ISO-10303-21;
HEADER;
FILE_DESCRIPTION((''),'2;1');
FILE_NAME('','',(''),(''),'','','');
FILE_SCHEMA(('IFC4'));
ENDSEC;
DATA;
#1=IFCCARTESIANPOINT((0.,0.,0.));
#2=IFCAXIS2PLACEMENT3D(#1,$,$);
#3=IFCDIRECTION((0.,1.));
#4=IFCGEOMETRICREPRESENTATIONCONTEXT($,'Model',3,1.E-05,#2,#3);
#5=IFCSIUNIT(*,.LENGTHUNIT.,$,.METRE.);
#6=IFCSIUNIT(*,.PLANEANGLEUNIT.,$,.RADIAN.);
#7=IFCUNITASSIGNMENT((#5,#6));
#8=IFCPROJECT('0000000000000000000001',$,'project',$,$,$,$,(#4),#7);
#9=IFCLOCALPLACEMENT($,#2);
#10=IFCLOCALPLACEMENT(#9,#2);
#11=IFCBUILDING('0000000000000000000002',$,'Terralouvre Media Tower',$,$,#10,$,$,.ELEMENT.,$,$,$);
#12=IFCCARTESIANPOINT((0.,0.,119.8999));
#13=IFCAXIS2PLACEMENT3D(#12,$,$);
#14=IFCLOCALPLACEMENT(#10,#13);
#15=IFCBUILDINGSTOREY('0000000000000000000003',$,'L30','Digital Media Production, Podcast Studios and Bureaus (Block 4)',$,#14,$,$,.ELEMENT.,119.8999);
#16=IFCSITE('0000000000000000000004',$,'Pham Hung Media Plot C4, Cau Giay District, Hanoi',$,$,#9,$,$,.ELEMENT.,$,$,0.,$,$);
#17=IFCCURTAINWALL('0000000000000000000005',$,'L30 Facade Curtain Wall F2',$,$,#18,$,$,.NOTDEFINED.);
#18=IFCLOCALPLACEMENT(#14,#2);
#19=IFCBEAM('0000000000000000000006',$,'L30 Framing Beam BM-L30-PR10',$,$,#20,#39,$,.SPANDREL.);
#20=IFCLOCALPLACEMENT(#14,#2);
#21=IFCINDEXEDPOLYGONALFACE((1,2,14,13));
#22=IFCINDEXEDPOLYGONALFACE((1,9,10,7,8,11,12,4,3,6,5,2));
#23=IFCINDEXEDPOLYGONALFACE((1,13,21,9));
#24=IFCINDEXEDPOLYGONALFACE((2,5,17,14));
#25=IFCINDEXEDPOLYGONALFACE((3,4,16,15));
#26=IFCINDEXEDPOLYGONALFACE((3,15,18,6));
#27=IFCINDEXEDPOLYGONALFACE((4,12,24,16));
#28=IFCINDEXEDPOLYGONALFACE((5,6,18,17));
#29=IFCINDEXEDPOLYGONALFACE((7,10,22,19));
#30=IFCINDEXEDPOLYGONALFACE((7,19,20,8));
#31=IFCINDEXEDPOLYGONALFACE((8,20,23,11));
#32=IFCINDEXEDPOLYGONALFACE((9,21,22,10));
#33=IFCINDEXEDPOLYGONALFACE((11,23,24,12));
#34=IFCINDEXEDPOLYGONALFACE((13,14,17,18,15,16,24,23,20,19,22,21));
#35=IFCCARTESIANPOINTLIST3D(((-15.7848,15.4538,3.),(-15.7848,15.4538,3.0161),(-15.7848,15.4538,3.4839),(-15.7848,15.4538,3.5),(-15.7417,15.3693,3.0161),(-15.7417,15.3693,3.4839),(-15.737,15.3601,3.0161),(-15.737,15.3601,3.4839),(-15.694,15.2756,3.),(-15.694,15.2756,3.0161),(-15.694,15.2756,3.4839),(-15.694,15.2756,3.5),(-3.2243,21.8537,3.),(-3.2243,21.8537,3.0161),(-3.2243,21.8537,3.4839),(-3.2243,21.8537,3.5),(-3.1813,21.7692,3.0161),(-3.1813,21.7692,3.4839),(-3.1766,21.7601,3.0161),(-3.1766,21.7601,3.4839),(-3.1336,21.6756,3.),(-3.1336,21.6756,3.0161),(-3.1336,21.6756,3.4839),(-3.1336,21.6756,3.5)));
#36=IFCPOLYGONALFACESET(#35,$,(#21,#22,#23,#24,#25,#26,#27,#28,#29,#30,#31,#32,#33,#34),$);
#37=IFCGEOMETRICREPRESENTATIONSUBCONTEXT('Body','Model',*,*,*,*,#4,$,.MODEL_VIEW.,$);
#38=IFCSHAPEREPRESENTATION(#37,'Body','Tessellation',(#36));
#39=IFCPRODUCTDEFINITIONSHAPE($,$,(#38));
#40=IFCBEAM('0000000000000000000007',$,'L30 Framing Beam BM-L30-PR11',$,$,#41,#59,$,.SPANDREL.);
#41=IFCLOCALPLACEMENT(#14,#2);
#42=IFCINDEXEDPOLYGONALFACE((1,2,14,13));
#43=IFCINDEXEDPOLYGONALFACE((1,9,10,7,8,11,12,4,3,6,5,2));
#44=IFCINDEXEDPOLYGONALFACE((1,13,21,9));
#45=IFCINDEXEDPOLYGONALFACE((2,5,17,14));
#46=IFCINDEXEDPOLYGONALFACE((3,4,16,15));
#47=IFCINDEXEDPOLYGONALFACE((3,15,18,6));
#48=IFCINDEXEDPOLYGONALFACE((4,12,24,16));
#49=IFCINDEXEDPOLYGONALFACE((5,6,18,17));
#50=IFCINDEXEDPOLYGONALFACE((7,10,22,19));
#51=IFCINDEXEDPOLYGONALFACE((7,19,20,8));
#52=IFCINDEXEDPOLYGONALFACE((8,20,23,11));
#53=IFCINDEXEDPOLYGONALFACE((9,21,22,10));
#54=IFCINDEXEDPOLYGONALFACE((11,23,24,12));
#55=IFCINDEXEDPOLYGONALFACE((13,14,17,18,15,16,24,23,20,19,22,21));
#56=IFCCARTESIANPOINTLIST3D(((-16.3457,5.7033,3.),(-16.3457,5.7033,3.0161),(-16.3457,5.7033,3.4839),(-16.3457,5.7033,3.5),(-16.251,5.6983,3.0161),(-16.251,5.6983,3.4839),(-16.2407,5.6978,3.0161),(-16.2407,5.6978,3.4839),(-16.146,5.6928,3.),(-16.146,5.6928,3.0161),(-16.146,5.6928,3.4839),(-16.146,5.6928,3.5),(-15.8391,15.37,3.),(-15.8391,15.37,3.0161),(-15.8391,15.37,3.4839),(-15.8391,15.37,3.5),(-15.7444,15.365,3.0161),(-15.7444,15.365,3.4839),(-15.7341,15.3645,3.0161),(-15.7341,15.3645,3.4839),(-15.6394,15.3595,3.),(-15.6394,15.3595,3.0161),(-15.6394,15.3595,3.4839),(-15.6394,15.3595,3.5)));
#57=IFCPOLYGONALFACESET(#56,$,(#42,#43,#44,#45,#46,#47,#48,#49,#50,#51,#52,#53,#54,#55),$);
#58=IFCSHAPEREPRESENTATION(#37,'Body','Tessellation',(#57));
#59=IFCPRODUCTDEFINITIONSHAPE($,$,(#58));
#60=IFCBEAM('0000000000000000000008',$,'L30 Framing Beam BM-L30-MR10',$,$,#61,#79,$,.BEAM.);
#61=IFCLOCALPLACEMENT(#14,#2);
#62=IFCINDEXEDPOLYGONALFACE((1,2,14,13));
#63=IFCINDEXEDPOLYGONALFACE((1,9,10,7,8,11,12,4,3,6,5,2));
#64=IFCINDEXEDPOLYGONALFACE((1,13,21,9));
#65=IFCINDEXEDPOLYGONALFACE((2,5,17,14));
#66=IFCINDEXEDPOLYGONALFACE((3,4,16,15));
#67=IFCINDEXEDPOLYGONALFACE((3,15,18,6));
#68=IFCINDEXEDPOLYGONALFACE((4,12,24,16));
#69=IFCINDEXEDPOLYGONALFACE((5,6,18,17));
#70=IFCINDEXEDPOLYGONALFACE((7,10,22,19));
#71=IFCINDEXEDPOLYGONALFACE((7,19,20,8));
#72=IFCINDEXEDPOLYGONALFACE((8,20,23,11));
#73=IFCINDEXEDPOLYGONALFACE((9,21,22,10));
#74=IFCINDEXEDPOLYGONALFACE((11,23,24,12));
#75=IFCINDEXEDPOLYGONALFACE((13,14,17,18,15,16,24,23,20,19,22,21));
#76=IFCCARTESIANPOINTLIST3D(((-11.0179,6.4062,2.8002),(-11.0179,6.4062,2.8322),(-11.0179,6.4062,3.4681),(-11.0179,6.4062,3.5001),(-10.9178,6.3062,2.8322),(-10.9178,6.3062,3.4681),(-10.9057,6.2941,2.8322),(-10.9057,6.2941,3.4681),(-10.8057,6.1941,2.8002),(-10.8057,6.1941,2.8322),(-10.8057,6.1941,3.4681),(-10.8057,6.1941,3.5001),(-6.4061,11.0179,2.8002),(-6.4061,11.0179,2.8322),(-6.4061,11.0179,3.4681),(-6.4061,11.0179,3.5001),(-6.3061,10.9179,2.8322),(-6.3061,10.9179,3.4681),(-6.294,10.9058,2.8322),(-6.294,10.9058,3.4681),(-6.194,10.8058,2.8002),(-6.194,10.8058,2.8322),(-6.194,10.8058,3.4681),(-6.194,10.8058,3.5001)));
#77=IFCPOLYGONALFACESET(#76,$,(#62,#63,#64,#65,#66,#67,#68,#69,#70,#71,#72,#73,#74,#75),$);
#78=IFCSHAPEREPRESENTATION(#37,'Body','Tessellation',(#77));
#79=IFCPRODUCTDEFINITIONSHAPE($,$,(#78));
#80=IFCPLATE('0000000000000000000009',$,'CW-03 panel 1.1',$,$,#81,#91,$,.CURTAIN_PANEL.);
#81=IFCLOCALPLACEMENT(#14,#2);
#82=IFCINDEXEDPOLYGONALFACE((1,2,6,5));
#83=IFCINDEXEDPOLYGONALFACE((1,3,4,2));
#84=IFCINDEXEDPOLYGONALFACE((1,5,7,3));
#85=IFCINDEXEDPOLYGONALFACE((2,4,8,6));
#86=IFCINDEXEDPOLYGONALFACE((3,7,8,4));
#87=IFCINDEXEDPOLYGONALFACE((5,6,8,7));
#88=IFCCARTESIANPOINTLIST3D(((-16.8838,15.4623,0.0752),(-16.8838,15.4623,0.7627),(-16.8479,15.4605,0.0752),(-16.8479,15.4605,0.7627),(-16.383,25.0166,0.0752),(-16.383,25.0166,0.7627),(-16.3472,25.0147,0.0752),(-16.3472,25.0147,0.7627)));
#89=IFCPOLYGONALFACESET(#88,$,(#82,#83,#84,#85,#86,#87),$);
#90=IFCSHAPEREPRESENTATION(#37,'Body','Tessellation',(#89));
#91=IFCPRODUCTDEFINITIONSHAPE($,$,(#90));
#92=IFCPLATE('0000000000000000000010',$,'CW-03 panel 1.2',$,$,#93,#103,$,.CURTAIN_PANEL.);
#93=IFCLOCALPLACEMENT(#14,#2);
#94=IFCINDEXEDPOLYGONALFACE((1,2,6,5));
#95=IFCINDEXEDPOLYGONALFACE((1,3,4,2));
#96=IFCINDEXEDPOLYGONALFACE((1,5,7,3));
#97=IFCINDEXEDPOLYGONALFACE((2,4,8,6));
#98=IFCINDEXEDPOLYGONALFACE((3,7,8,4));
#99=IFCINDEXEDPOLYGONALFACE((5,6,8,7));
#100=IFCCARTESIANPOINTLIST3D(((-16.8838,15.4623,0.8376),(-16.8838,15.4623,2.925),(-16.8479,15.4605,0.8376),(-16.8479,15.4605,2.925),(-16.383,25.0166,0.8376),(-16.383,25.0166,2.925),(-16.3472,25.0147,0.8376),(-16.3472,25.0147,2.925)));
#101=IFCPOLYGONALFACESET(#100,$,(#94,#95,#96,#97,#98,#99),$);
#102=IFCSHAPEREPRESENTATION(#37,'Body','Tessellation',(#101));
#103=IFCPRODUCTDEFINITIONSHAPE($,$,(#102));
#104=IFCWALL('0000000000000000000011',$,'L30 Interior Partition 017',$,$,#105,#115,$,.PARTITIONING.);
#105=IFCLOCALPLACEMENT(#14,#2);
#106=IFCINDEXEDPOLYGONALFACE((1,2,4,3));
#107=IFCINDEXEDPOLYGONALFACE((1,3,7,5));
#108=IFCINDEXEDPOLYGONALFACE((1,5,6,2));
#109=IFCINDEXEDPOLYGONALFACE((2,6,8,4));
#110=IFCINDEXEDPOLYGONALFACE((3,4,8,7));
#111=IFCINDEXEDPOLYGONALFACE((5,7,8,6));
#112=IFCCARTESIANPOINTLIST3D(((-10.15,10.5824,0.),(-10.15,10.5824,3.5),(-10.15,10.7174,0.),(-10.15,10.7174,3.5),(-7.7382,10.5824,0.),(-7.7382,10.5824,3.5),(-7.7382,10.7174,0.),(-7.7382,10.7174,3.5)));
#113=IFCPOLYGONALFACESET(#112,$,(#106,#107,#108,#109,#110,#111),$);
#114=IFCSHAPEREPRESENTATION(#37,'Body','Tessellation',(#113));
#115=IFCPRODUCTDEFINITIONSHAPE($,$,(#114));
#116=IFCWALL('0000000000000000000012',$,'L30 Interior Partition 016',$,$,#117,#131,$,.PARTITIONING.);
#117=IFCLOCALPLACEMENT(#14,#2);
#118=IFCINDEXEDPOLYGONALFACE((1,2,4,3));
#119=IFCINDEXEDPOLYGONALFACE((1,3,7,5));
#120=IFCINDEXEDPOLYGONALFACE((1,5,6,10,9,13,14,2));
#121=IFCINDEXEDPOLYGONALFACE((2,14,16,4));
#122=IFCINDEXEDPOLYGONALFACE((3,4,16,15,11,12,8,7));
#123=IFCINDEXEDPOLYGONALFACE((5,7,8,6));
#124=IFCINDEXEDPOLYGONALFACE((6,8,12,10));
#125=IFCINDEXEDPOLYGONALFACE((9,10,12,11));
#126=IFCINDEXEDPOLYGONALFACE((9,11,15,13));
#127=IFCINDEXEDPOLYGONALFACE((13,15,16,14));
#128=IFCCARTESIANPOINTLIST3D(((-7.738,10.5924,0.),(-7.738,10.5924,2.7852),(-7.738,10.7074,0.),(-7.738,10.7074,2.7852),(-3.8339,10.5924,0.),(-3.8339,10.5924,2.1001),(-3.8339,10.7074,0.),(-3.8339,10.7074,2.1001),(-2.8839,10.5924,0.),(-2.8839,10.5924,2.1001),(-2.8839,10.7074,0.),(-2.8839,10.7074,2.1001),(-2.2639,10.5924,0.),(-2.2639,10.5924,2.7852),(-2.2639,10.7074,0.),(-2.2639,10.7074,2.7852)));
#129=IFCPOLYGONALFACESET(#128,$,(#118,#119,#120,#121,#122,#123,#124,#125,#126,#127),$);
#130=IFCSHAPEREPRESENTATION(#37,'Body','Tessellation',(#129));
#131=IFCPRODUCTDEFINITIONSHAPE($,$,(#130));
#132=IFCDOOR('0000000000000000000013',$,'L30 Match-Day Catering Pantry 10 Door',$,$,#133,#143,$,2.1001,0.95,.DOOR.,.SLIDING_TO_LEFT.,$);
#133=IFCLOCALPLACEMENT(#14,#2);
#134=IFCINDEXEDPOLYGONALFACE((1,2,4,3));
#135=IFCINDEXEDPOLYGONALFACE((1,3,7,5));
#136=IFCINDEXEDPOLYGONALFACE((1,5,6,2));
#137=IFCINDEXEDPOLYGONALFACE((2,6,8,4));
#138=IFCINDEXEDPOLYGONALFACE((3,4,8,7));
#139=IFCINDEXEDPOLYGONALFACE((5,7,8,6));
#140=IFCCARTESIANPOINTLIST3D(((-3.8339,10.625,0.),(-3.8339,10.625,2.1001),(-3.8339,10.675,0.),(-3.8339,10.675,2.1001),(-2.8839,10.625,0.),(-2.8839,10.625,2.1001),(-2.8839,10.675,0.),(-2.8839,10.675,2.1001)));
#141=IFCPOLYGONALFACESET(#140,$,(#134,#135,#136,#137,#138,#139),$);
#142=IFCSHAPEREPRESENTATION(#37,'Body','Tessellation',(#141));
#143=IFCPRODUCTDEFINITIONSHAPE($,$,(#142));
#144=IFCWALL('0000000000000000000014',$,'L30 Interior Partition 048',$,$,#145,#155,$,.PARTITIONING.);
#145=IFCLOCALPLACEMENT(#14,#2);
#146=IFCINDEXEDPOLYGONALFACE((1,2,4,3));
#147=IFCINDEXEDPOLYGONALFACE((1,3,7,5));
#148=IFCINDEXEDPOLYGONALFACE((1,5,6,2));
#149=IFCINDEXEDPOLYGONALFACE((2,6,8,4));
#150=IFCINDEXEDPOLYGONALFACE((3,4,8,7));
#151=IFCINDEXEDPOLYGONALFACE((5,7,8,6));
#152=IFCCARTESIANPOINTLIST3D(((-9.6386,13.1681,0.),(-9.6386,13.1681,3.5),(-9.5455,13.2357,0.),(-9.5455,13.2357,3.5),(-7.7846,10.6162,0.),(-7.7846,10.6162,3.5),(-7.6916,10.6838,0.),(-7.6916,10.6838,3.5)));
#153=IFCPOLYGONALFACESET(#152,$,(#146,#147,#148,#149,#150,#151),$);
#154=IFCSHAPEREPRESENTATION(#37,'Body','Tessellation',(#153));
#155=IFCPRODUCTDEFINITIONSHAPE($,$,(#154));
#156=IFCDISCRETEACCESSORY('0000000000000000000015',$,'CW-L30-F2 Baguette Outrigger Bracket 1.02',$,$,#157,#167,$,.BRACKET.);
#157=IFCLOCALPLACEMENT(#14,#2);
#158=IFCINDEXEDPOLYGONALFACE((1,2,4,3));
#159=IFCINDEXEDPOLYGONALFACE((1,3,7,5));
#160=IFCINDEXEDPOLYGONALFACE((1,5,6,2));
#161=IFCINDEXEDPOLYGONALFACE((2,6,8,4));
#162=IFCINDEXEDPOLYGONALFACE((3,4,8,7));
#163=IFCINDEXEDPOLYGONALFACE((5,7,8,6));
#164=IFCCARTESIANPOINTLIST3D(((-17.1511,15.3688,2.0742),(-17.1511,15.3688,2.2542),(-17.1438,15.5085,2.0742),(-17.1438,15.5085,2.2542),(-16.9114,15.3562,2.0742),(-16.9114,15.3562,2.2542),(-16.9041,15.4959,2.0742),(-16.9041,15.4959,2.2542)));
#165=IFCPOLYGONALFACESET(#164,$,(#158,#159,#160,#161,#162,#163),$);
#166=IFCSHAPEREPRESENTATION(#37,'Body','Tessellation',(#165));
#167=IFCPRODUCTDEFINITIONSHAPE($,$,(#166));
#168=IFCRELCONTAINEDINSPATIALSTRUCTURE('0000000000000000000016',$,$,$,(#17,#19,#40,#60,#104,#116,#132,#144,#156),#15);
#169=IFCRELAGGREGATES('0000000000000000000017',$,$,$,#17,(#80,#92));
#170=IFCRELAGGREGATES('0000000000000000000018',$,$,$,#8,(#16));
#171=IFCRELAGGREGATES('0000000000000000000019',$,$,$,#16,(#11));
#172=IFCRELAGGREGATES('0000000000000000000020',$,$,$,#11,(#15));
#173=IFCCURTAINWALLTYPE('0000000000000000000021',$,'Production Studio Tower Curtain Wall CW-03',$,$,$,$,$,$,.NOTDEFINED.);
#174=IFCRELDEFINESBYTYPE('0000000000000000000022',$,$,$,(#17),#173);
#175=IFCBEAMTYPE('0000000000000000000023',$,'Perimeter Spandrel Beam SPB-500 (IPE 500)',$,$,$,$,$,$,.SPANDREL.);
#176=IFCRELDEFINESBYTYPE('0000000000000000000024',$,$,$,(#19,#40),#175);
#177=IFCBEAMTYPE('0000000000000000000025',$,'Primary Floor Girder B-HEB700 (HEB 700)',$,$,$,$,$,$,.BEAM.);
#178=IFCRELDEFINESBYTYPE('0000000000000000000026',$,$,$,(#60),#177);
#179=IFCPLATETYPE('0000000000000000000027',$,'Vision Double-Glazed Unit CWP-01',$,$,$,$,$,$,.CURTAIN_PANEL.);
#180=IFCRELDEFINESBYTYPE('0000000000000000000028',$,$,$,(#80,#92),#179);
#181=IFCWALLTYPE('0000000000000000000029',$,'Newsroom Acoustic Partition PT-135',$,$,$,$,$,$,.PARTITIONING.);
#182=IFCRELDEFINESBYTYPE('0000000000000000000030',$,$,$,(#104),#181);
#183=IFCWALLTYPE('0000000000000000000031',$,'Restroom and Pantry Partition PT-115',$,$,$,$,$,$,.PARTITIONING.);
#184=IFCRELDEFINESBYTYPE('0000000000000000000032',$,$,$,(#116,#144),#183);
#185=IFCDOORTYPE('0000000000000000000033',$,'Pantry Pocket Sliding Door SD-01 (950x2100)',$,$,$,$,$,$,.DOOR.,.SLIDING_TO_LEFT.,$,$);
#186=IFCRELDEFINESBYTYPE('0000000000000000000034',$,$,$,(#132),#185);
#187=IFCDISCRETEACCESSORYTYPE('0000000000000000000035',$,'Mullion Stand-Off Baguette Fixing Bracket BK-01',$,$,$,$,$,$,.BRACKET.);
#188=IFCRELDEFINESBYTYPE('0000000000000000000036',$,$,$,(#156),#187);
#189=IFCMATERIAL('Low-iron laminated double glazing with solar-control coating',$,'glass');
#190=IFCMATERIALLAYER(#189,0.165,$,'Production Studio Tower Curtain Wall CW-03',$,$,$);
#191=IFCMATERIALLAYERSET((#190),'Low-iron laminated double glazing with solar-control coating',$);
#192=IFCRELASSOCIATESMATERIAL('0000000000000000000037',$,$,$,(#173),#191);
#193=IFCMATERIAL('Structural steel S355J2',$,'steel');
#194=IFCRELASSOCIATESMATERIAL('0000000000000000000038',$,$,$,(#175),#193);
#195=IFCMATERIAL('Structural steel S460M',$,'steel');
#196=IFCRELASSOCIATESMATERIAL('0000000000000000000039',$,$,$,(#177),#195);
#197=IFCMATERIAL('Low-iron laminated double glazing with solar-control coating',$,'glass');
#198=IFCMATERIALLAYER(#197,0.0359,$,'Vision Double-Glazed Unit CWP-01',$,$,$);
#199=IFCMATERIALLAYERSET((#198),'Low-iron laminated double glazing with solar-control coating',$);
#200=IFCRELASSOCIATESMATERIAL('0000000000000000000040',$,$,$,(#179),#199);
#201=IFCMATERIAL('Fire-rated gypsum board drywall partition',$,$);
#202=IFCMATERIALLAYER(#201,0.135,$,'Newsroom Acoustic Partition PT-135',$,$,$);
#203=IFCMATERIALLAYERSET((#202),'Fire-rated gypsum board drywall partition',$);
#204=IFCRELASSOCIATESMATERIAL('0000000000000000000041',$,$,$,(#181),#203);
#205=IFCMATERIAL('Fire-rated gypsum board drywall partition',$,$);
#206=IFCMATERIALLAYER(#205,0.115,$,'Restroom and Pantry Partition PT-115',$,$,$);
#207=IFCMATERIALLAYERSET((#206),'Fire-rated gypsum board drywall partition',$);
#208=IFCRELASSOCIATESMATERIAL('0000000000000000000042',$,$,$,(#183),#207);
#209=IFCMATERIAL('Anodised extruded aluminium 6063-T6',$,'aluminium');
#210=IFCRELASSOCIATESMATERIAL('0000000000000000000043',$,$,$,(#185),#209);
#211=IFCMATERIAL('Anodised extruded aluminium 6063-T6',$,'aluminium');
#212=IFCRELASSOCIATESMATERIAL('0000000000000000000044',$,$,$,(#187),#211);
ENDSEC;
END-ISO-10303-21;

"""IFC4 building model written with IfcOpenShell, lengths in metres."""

from ifc_helpers import new_model, si_unit, direction, frame, frame_2d, origin, origin_2d, place, context, subcontext, project, spatial, rectangle, i_section, extrude, material, layer, layer_set, material_profile, profile_set, type_object, element, fill, aggregate, save


model = new_model("IFC4")

# Units and contexts
model_context = context("Model", 3, precision=1e-05, world=origin(), true_north=direction((0.0, 1.0)))
body_context = subcontext(model_context, "Body", "Model", "MODEL_VIEW")
ifc_project = project(units=[si_unit("LENGTHUNIT", "METRE"), si_unit("PLANEANGLEUNIT", "RADIAN")], contexts=[model_context])

# Site, building, storey
site_placement = place(None, origin())
site = spatial("IfcSite", under=ifc_project, at=site_placement, Name="Pham Hung Media Plot C4, Cau Giay District, Hanoi", CompositionType="ELEMENT", RefElevation=0.0)
building_placement = place(site_placement, origin())
building = spatial("IfcBuilding", under=site, at=building_placement, Name="Terralouvre Media Tower", CompositionType="ELEMENT")
storey_placement = place(building_placement, frame((0.0, 0.0, 119.8999)))
storey = spatial("IfcBuildingStorey", under=building, at=storey_placement, Name="L30", Description="Digital Media Production, Podcast Studios and Bureaus (Block 4)", CompositionType="ELEMENT", Elevation=119.8999)

# Curtain wall
ifc_material_1 = material(Name="Low-iron laminated double glazing with solar-control coating", Category="glass")
ifc_layer_1 = layer(ifc_material_1, 0.165, Name="Production Studio Tower Curtain Wall CW-03")
ifc_layer_set_1 = layer_set([ifc_layer_1], Name="Low-iron laminated double glazing with solar-control coating")
curtain_wall_type = type_object("IfcCurtainWallType", Name="Production Studio Tower Curtain Wall CW-03", PredefinedType="NOTDEFINED", material=ifc_layer_set_1)
curtain_wall_1_placement = place(storey_placement, origin())
curtain_wall_1 = element("IfcCurtainWall", 1, at=curtain_wall_1_placement, inside=storey, type_object=curtain_wall_type, Name="L30 Facade Curtain Wall F2", PredefinedType="NOTDEFINED")

# Beams
ifc_material_2 = material(Name="Structural steel S355J2", Category="steel")
ifc_material_profile_1 = material_profile(ifc_material_2, i_section(OverallWidth=0.2, OverallDepth=0.5, WebThickness=0.0103, FlangeThickness=0.0161, at=origin_2d()), Name="IPE 500")
ifc_profile_set_1 = profile_set([ifc_material_profile_1], Name="Structural steel S355J2")
beam_type_1 = type_object("IfcBeamType", Name="Perimeter Spandrel Beam SPB-500 (IPE 500)", PredefinedType="SPANDREL", material=ifc_profile_set_1)
beam_1_placement = place(storey_placement, frame((-3.179, 21.7646, 3.25), z_axis=(-0.891003, -0.453997, 0.0), x_axis=(0.453997, -0.891003, 0.0)))
element("IfcBeam", 2, at=beam_1_placement, inside=storey, type_object=beam_type_1, Name="L30 Framing Beam BM-L30-PR10", PredefinedType="SPANDREL", context=body_context, shape_type="SweptSolid", body=[
    extrude(i_section(OverallWidth=0.2, OverallDepth=0.5, WebThickness=0.0103, FlangeThickness=0.0161, at=origin_2d()), origin(), (0.0, 0.0, 1.0), 14.0969),
])
beam_2_placement = place(storey_placement, frame((-15.7393, 15.3647, 3.25), z_axis=(-0.052334, -0.99863, 0.0), x_axis=(0.99863, -0.052334, 0.0)))
element("IfcBeam", 3, at=beam_2_placement, inside=storey, type_object=beam_type_1, Name="L30 Framing Beam BM-L30-PR11", PredefinedType="SPANDREL", context=body_context, shape_type="SweptSolid", body=[
    extrude(i_section(OverallWidth=0.2, OverallDepth=0.5, WebThickness=0.0103, FlangeThickness=0.0161, at=origin_2d()), origin(), (0.0, 0.0, 1.0), 9.6799),
])
ifc_material_3 = material(Name="Structural steel S460M", Category="steel")
ifc_material_profile_2 = material_profile(ifc_material_3, i_section(OverallWidth=0.3, OverallDepth=0.7, WebThickness=0.0171, FlangeThickness=0.032, at=origin_2d()), Name="HEB 700")
ifc_profile_set_2 = profile_set([ifc_material_profile_2], Name="Structural steel S460M")
beam_type_2 = type_object("IfcBeamType", Name="Primary Floor Girder B-HEB700 (HEB 700)", PredefinedType="BEAM", material=ifc_profile_set_2)
beam_3_placement = place(storey_placement, frame((-6.3, 10.9119, 3.1501), z_axis=(-0.707107, -0.707107, 0.0), x_axis=(0.707107, -0.707107, 0.0)))
element("IfcBeam", 4, at=beam_3_placement, inside=storey, type_object=beam_type_2, Name="L30 Framing Beam BM-L30-MR10", PredefinedType="BEAM", context=body_context, shape_type="SweptSolid", body=[
    extrude(i_section(OverallWidth=0.3, OverallDepth=0.7, WebThickness=0.0171, FlangeThickness=0.032, at=origin_2d()), origin(), (0.0, 0.0, 1.0), 6.522),
])

# Plates
ifc_material_4 = material(Name="Low-iron laminated double glazing with solar-control coating", Category="glass")
ifc_layer_2 = layer(ifc_material_4, 0.0359, Name="Vision Double-Glazed Unit CWP-01")
ifc_layer_set_2 = layer_set([ifc_layer_2], Name="Low-iron laminated double glazing with solar-control coating")
plate_type = type_object("IfcPlateType", Name="Vision Double-Glazed Unit CWP-01", PredefinedType="CURTAIN_PANEL", material=ifc_layer_set_2)
plate_1_placement = place(storey_placement, frame((-16.6155, 20.2385, 0.0752), z_axis=(0.0, 0.0, 1.0), x_axis=(-0.052336, -0.99863, 0.0)))
plate_1 = element("IfcPlate", 5, at=plate_1_placement, type_object=plate_type, Name="CW-03 panel 1.1", PredefinedType="CURTAIN_PANEL", context=body_context, shape_type="SweptSolid", body=[
    extrude(rectangle(XDim=9.5674, YDim=0.0359, at=origin_2d()), origin(), (0.0, 0.0, 1.0), 0.6875),
])
plate_2_placement = place(storey_placement, frame((-16.6155, 20.2385, 0.8376), z_axis=(0.0, 0.0, 1.0), x_axis=(-0.052336, -0.99863, 0.0)))
plate_2 = element("IfcPlate", 6, at=plate_2_placement, type_object=plate_type, Name="CW-03 panel 1.2", PredefinedType="CURTAIN_PANEL", context=body_context, shape_type="SweptSolid", body=[
    extrude(rectangle(XDim=9.5674, YDim=0.0359, at=origin_2d()), origin(), (0.0, 0.0, 1.0), 2.0874),
])
aggregate(curtain_wall_1, [plate_1, plate_2])

# Wall
ifc_material_5 = material(Name="Fire-rated gypsum board drywall partition")
ifc_layer_3 = layer(ifc_material_5, 0.135, Name="Newsroom Acoustic Partition PT-135")
ifc_layer_set_3 = layer_set([ifc_layer_3], Name="Fire-rated gypsum board drywall partition")
wall_type_1 = type_object("IfcWallType", Name="Newsroom Acoustic Partition PT-135", PredefinedType="PARTITIONING", material=ifc_layer_set_3)
wall_1_placement = place(storey_placement, frame((-7.738, 10.6499, 0.0), z_axis=(0.0, 0.0, 1.0), x_axis=(-1.0, 0.0, 0.0)))
element("IfcWall", 7, at=wall_1_placement, inside=storey, type_object=wall_type_1, Name="L30 Interior Partition 017", PredefinedType="PARTITIONING", context=body_context, shape_type="SweptSolid", body=[
    extrude(rectangle(XDim=2.4119, YDim=0.135, at=frame_2d((1.2061, 0.0))), origin(), (0.0, 0.0, 1.0), 3.5),
])

# Wall, opening, door
ifc_material_6 = material(Name="Fire-rated gypsum board drywall partition")
ifc_layer_4 = layer(ifc_material_6, 0.115, Name="Restroom and Pantry Partition PT-115")
ifc_layer_set_4 = layer_set([ifc_layer_4], Name="Fire-rated gypsum board drywall partition")
wall_type_2 = type_object("IfcWallType", Name="Restroom and Pantry Partition PT-115", PredefinedType="PARTITIONING", material=ifc_layer_set_4)
wall_2_placement = place(storey_placement, frame((-2.2639, 10.6499, 0.0), z_axis=(0.0, 0.0, 1.0), x_axis=(-1.0, 0.0, 0.0)))
wall_2 = element("IfcWall", 8, at=wall_2_placement, inside=storey, type_object=wall_type_2, Name="L30 Interior Partition 016", PredefinedType="PARTITIONING", context=body_context, shape_type="SweptSolid", body=[
    extrude(rectangle(XDim=5.4741, YDim=0.115, at=frame_2d((2.7371, 0.0))), origin(), (0.0, 0.0, 1.0), 2.7852),
])
opening_placement = place(wall_2_placement, frame((0.6199, 0.0, 0.0)))
opening = element("IfcOpeningElement", 9, at=opening_placement, cuts=wall_2, PredefinedType="OPENING", context=body_context, shape_type="SweptSolid", body=[
    extrude(rectangle(XDim=0.95, YDim=2.1001, at=frame_2d((0.4751, 1.05))), frame((0.0, 0.0674, 0.0), z_axis=(0.0, -1.0, 0.0), x_axis=(1.0, 0.0, 0.0)), (0.0, 0.0, 1.0), 0.135),
])
ifc_material_7 = material(Name="Anodised extruded aluminium 6063-T6", Category="aluminium")
door_type = type_object("IfcDoorType", Name="Pantry Pocket Sliding Door SD-01 (950x2100)", OperationType="SLIDING_TO_LEFT", PredefinedType="DOOR", material=ifc_material_7)
door_placement = place(opening_placement, origin())
door = element("IfcDoor", 10, at=door_placement, inside=storey, type_object=door_type, Name="L30 Match-Day Catering Pantry 10 Door", OperationType="SLIDING_TO_LEFT", OverallHeight=2.1001, OverallWidth=0.95, PredefinedType="DOOR", context=body_context, shape_type="SweptSolid", body=[
    extrude(rectangle(XDim=0.95, YDim=2.1001, at=frame_2d((0.4751, 1.05))), frame((0.0, 0.0249, 0.0), z_axis=(0.0, -1.0, 0.0), x_axis=(1.0, 0.0, 0.0)), (0.0, 0.0, 1.0), 0.05),
])
fill(opening, door)

# Wall
wall_3_placement = place(storey_placement, frame((-9.592, 13.2019, 0.0), z_axis=(0.0, 0.0, 1.0), x_axis=(0.587757, -0.809037, 0.0)))
element("IfcWall", 11, at=wall_3_placement, inside=storey, type_object=wall_type_2, Name="L30 Interior Partition 048", PredefinedType="PARTITIONING", context=body_context, shape_type="SweptSolid", body=[
    extrude(rectangle(XDim=3.1543, YDim=0.115, at=frame_2d((1.5771, 0.0))), origin(), (0.0, 0.0, 1.0), 3.5),
])

# Discrete accessory
ifc_material_8 = material(Name="Anodised extruded aluminium 6063-T6", Category="aluminium")
discrete_accessory_type = type_object("IfcDiscreteAccessoryType", Name="Mullion Stand-Off Baguette Fixing Bracket BK-01", PredefinedType="BRACKET", material=ifc_material_8)
discrete_accessory_placement = place(storey_placement, frame((-17.0276, 15.4324, 2.0742), z_axis=(0.0, 0.0, 1.0), x_axis=(-0.052336, -0.99863, 0.0)))
element("IfcDiscreteAccessory", 12, at=discrete_accessory_placement, inside=storey, type_object=discrete_accessory_type, Name="CW-L30-F2 Baguette Outrigger Bracket 1.02", PredefinedType="BRACKET", context=body_context, shape_type="SweptSolid", body=[
    extrude(rectangle(XDim=0.1399, YDim=0.24, at=origin_2d()), origin(), (0.0, 0.0, 1.0), 0.1799),
])

save(model, "model.ifc")
